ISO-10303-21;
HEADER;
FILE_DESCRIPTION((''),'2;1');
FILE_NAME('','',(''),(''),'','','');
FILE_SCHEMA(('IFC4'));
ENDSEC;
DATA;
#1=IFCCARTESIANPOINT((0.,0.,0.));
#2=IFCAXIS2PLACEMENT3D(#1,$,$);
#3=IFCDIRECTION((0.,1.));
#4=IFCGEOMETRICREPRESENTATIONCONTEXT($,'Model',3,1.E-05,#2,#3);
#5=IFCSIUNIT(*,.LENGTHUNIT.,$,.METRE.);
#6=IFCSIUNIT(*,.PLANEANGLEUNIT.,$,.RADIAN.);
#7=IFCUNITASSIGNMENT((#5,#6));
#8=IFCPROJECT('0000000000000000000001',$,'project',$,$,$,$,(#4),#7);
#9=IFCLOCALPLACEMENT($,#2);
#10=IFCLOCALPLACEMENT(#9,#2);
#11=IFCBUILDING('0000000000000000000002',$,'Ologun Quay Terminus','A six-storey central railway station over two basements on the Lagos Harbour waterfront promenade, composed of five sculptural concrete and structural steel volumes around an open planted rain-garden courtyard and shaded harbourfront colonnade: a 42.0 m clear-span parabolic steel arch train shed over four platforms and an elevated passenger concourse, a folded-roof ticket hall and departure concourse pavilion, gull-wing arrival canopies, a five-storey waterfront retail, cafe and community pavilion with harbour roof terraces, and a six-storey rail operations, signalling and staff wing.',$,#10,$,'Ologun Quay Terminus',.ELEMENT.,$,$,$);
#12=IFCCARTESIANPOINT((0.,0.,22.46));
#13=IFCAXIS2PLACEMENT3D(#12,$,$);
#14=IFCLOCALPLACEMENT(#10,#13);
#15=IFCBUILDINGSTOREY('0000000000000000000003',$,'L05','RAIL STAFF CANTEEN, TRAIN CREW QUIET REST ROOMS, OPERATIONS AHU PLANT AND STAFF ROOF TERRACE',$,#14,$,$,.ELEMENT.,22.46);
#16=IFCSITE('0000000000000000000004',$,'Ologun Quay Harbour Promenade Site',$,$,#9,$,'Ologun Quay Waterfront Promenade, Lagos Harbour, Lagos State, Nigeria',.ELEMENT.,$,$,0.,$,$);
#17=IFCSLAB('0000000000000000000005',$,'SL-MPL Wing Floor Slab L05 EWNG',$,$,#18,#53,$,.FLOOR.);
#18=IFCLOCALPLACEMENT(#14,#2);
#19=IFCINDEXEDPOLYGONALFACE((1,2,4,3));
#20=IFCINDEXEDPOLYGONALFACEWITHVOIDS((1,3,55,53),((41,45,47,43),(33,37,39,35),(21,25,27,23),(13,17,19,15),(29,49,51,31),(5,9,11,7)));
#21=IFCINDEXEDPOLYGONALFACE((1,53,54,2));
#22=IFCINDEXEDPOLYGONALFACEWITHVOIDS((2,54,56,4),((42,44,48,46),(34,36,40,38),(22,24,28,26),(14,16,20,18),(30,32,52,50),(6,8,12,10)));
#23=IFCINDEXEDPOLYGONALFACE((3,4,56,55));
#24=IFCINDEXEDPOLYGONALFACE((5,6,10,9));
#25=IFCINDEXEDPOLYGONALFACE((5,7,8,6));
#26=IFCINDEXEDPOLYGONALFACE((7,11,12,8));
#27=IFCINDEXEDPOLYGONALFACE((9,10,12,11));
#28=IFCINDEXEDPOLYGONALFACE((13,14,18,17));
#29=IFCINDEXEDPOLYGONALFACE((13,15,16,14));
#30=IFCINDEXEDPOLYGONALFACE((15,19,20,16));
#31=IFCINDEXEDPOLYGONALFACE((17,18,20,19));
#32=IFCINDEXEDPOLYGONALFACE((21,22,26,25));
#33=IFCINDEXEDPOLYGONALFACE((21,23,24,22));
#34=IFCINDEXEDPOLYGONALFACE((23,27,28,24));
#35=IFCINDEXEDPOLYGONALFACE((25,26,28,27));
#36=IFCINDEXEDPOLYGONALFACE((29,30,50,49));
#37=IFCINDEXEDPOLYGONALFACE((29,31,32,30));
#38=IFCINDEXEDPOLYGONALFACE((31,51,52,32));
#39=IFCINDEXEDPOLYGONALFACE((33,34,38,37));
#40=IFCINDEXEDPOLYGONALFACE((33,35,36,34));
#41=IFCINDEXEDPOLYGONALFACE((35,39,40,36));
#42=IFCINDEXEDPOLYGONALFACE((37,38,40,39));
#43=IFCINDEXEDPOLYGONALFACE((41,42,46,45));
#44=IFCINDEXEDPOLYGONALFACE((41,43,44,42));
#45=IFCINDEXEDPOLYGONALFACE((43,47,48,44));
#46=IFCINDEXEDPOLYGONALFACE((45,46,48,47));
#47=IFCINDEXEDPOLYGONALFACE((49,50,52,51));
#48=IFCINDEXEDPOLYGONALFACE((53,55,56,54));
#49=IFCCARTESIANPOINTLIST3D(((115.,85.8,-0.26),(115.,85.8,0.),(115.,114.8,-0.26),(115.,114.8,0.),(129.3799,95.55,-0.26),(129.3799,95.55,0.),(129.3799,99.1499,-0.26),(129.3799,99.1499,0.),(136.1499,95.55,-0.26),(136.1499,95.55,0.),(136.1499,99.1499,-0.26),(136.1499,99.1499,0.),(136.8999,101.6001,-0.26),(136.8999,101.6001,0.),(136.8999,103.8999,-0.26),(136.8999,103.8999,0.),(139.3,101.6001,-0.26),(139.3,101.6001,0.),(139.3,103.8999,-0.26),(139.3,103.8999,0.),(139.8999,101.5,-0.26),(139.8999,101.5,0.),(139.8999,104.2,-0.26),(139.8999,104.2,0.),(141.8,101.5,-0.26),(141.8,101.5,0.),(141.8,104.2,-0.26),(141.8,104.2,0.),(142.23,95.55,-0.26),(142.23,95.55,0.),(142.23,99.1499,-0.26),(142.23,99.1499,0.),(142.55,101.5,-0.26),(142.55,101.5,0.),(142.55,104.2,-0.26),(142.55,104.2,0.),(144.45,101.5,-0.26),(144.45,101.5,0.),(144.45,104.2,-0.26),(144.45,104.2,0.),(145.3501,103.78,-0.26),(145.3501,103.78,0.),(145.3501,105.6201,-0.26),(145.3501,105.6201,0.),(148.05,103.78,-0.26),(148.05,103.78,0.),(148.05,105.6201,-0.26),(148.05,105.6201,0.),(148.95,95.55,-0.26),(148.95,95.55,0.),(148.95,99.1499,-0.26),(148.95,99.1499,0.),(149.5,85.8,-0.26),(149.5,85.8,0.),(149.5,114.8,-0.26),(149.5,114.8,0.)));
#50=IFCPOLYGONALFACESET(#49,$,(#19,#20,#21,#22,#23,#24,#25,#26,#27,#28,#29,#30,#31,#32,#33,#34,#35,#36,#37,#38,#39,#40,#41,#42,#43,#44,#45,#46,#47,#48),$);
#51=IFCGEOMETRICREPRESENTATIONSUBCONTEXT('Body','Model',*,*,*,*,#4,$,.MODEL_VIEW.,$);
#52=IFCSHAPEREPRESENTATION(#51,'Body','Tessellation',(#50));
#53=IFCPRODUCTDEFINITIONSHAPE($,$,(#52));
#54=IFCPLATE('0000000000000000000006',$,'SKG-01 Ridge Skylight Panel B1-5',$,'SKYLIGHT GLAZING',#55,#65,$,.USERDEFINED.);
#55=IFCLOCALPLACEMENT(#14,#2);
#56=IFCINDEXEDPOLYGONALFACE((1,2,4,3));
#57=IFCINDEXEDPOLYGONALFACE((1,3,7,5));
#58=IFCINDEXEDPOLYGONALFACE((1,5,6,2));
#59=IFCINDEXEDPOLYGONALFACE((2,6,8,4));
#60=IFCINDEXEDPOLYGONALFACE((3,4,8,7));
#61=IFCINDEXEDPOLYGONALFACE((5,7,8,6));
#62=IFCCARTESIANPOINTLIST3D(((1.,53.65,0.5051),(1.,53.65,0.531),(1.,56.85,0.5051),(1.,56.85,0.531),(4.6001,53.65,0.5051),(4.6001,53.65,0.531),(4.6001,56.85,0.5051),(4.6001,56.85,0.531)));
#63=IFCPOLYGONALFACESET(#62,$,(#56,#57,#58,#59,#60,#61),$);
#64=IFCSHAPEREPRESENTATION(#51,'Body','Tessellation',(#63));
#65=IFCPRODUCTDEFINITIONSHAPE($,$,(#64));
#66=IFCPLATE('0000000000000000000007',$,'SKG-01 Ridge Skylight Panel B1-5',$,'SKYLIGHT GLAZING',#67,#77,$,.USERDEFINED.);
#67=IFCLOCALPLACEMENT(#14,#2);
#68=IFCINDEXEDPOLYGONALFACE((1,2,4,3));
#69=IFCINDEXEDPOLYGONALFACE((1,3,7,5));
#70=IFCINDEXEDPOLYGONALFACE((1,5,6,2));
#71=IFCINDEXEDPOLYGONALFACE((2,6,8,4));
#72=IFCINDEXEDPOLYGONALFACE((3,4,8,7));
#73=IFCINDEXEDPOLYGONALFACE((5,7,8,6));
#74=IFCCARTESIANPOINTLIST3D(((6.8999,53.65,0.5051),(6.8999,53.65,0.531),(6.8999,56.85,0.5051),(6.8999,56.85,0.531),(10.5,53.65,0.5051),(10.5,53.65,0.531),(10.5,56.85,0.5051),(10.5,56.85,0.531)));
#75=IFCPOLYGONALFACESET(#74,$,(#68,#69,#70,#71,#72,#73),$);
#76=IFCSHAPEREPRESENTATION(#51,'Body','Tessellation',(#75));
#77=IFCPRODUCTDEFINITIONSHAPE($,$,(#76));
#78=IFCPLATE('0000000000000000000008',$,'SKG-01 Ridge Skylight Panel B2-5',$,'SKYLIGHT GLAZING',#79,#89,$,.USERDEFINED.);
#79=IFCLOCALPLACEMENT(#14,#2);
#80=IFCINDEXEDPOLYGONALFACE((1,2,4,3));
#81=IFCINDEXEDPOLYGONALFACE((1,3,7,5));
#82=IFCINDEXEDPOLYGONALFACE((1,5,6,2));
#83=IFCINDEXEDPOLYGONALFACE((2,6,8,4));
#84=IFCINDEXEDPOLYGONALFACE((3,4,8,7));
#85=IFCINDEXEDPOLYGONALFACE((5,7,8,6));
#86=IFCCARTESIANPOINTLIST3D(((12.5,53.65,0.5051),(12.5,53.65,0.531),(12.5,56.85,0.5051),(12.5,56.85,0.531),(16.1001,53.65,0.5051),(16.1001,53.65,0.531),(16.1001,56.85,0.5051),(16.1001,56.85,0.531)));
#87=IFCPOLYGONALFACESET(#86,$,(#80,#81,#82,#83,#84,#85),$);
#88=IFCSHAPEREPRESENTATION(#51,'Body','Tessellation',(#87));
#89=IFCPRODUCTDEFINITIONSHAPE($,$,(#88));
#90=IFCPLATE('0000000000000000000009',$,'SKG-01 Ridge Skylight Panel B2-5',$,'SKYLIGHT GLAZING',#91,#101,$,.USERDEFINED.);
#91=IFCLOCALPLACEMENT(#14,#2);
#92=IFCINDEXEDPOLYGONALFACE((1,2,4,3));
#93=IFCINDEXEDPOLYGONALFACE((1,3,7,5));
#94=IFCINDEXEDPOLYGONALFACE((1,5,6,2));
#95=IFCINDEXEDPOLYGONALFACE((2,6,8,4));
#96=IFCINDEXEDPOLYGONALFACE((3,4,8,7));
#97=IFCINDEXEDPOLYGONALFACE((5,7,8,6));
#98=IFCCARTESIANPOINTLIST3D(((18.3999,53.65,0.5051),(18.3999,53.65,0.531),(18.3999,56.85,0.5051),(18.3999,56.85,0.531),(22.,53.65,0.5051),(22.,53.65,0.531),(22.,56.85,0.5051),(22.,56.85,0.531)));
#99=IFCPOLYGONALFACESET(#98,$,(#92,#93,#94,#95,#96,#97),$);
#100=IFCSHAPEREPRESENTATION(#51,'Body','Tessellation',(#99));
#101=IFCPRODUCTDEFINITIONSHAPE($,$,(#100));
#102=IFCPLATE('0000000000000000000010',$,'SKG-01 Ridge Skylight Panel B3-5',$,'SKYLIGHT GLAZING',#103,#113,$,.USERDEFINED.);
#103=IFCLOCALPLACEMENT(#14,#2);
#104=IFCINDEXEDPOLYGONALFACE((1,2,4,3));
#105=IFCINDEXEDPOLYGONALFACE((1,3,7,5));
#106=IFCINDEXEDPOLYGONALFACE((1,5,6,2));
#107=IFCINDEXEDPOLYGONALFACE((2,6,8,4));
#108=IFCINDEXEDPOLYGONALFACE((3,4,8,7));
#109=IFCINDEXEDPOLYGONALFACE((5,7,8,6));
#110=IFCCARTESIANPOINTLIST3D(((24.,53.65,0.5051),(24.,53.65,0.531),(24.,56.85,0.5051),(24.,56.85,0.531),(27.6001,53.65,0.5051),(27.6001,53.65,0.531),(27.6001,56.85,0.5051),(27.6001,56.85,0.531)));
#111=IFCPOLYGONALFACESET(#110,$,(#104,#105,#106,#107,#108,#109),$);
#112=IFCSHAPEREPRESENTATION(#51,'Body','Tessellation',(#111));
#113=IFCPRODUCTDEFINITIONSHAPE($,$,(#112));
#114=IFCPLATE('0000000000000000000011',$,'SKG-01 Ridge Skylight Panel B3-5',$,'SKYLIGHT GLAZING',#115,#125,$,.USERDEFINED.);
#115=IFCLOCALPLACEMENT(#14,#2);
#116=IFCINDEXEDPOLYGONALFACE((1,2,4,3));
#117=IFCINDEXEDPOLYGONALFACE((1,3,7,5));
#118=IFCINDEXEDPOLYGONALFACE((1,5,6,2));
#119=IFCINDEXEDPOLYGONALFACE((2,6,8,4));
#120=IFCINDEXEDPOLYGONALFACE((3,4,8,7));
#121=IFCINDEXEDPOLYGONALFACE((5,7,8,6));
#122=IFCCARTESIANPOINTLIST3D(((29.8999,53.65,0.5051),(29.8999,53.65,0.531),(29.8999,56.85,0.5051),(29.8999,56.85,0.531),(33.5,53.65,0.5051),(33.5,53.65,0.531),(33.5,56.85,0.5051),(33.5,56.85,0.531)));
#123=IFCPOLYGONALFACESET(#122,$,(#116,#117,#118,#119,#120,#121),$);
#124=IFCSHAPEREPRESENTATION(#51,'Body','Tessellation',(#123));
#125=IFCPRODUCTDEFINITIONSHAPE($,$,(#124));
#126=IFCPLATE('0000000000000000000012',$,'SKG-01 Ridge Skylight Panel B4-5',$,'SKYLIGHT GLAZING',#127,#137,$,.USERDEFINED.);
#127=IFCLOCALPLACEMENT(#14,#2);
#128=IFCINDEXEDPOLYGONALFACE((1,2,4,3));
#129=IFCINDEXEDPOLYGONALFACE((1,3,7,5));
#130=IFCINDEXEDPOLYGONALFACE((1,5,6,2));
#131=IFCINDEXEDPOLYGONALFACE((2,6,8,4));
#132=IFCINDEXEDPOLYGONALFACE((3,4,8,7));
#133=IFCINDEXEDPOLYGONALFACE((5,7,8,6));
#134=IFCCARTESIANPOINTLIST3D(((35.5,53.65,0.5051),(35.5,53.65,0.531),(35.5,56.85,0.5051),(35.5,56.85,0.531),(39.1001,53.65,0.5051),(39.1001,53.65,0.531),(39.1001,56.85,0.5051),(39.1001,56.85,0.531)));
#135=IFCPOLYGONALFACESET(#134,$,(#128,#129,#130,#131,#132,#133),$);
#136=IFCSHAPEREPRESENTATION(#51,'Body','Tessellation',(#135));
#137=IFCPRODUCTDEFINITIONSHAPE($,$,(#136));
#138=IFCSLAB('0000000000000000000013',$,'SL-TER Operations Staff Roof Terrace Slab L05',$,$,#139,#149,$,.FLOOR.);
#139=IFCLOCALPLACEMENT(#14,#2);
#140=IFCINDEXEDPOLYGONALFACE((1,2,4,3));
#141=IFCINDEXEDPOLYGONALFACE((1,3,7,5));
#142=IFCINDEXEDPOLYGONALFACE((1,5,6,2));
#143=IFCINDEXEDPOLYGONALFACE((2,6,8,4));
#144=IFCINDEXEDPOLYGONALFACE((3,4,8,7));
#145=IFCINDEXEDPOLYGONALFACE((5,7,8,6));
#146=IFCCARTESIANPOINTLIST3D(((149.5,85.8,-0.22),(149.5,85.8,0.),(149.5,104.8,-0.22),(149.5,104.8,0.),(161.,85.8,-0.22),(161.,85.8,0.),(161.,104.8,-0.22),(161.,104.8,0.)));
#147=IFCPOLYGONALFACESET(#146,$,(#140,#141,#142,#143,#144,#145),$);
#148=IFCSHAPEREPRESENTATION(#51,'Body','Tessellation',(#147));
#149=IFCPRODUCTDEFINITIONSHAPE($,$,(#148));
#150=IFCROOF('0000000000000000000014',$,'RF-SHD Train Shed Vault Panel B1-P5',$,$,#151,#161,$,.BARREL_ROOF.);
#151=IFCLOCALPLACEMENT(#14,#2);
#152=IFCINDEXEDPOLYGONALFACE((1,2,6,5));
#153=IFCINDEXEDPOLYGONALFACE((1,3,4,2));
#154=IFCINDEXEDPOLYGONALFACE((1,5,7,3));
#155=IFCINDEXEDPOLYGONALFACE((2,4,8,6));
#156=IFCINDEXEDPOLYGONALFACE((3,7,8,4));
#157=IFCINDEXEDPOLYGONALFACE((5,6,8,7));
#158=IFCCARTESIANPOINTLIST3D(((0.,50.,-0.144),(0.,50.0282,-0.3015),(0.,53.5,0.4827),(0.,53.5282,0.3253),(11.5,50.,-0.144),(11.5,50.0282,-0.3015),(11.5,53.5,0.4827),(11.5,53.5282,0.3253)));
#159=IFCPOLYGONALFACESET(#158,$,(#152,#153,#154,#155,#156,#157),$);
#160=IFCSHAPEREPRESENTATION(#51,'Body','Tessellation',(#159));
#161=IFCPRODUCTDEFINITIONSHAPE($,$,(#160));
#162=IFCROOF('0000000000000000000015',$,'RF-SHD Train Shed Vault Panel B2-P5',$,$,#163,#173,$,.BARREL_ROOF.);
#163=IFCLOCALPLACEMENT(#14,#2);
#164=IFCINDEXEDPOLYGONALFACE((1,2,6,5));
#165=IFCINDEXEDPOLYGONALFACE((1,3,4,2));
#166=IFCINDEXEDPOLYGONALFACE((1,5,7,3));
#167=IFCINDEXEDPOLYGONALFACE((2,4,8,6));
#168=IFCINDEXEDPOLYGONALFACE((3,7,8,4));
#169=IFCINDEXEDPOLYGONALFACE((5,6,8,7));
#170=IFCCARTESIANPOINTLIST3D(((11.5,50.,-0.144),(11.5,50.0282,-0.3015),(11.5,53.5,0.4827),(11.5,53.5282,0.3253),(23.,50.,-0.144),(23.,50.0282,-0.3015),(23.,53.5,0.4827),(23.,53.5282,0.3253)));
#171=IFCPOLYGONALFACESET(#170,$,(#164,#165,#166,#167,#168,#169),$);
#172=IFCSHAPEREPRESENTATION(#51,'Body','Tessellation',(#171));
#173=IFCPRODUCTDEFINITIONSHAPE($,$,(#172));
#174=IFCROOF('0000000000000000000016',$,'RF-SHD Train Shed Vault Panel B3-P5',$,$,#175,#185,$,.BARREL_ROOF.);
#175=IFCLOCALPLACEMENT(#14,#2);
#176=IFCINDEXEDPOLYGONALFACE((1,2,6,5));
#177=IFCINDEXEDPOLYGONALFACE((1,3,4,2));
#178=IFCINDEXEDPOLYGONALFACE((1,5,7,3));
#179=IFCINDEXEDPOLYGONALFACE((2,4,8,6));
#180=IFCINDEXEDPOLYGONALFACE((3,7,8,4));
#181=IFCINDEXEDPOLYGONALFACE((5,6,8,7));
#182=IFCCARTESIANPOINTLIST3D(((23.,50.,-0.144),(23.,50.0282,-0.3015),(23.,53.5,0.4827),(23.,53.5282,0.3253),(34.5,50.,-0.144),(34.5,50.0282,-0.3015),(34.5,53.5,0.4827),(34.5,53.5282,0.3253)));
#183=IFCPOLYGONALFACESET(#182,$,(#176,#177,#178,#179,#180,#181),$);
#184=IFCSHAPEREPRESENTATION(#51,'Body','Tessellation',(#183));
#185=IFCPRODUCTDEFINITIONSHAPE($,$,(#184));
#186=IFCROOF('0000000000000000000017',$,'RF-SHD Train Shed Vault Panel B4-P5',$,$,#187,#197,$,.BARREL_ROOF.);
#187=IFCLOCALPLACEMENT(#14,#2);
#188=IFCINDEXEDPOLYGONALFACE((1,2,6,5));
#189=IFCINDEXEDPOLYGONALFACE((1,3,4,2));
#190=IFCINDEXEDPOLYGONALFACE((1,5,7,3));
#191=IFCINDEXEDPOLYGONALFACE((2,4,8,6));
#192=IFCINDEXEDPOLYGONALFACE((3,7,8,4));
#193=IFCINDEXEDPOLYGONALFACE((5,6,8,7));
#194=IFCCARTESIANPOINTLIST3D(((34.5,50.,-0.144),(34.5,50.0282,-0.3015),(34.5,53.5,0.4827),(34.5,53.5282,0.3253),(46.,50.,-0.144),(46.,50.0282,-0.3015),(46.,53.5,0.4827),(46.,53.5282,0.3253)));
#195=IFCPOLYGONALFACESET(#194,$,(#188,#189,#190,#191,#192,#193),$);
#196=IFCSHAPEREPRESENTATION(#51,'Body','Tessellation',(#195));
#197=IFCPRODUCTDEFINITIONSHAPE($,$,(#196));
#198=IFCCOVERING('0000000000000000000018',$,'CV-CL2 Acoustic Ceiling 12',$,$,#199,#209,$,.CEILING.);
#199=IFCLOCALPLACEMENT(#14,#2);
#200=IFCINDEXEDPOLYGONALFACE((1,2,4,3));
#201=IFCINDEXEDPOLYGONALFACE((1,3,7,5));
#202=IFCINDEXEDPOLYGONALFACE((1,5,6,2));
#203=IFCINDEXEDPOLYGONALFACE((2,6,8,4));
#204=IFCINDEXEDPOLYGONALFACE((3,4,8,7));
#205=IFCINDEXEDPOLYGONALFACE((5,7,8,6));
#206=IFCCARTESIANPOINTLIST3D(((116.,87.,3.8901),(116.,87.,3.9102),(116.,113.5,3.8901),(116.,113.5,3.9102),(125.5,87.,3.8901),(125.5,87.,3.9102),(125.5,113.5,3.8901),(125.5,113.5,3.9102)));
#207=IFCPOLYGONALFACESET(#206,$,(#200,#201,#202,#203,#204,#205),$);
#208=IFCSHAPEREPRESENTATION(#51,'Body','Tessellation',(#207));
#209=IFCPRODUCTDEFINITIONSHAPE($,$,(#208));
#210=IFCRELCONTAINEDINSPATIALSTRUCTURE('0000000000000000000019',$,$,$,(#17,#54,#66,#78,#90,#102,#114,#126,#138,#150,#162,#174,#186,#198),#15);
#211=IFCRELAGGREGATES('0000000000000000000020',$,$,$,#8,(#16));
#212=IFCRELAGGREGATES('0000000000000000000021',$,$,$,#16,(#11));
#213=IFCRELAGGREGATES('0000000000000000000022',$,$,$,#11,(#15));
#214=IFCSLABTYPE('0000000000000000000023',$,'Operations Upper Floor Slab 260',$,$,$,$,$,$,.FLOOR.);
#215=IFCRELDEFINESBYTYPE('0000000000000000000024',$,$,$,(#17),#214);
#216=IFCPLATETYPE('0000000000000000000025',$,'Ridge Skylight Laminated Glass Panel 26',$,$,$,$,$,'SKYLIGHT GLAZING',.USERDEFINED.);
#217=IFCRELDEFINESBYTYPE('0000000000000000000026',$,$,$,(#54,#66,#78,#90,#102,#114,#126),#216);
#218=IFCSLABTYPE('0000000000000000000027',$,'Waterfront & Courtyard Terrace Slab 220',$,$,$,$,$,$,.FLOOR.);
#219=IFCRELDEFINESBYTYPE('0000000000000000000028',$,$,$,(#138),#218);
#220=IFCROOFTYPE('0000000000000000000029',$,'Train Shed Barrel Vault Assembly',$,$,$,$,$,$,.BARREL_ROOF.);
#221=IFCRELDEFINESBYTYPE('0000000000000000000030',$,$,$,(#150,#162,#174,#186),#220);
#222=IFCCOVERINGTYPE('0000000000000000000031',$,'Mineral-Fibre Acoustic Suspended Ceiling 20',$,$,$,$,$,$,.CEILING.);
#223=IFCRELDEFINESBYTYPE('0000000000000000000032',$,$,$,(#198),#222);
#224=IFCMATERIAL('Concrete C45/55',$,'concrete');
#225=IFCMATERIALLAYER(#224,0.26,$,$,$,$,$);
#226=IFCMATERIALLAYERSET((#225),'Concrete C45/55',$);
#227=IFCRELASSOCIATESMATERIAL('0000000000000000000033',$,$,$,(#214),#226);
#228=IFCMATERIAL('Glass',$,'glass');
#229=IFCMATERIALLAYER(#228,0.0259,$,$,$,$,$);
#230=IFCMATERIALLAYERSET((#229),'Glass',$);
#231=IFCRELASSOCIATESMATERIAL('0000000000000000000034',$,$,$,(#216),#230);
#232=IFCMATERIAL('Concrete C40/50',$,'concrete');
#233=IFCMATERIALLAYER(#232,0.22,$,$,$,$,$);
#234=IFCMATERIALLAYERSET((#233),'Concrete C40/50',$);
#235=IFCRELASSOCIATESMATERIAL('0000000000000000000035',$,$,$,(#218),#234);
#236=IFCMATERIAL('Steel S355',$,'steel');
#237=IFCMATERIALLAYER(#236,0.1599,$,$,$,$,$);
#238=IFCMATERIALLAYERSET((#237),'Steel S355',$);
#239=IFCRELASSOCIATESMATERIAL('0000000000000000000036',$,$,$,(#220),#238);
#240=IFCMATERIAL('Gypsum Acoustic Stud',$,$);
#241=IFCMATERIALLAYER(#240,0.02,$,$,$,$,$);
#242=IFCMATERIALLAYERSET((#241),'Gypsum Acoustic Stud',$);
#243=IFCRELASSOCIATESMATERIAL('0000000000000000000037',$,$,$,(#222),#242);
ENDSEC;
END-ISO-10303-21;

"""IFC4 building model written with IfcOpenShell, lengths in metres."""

from ifc_helpers import new_model, si_unit, direction, frame, origin, origin_2d, place, context, subcontext, project, spatial, polyline, rectangle, outline, extrude, material, layer, layer_set, type_object, element, save


model = new_model("IFC4")

# Units and contexts
model_context = context("Model", 3, precision=1e-05, world=origin(), true_north=direction((0.0, 1.0)))
body_context = subcontext(model_context, "Body", "Model", "MODEL_VIEW")
ifc_project = project(units=[si_unit("LENGTHUNIT", "METRE"), si_unit("PLANEANGLEUNIT", "RADIAN")], contexts=[model_context])

# Site, building, storey
site_placement = place(None, origin())
site = spatial("IfcSite", under=ifc_project, at=site_placement, Name="Ologun Quay Harbour Promenade Site", LongName="Ologun Quay Waterfront Promenade, Lagos Harbour, Lagos State, Nigeria", CompositionType="ELEMENT", RefElevation=0.0)
building_placement = place(site_placement, origin())
building = spatial("IfcBuilding", under=site, at=building_placement, Name="Ologun Quay Terminus", Description="A six-storey central railway station over two basements on the Lagos Harbour waterfront promenade, composed of five sculptural concrete and structural steel volumes around an open planted rain-garden courtyard and shaded harbourfront colonnade: a 42.0 m clear-span parabolic steel arch train shed over four platforms and an elevated passenger concourse, a folded-roof ticket hall and departure concourse pavilion, gull-wing arrival canopies, a five-storey waterfront retail, cafe and community pavilion with harbour roof terraces, and a six-storey rail operations, signalling and staff wing.", LongName="Ologun Quay Terminus", CompositionType="ELEMENT")
storey_placement = place(building_placement, frame((0.0, 0.0, 22.46)))
storey = spatial("IfcBuildingStorey", under=building, at=storey_placement, Name="L05", Description="RAIL STAFF CANTEEN, TRAIN CREW QUIET REST ROOMS, OPERATIONS AHU PLANT AND STAFF ROOF TERRACE", CompositionType="ELEMENT", Elevation=22.46)

# Slab
ifc_material_1 = material(Name="Concrete C45/55", Category="concrete")
ifc_layer_1 = layer(ifc_material_1, 0.26)
ifc_layer_set_1 = layer_set([ifc_layer_1], Name="Concrete C45/55")
slab_type_1 = type_object("IfcSlabType", Name="Operations Upper Floor Slab 260", PredefinedType="FLOOR", material=ifc_layer_set_1)
slab_1_placement = place(storey_placement, frame((0.0, 0.0, -0.26)))
element("IfcSlab", 1, at=slab_1_placement, inside=storey, type_object=slab_type_1, Name="SL-MPL Wing Floor Slab L05 EWNG", PredefinedType="FLOOR", context=body_context, shape_type="SweptSolid", body=[
    extrude(outline(polyline([(115.0, 85.8), (149.5, 85.8), (149.5, 114.8), (115.0, 114.8), (115.0, 85.8)]), holes=[polyline([(145.3501, 103.78), (145.3501, 105.6201), (148.05, 105.6201), (148.05, 103.78), (145.3501, 103.78)]), polyline([(139.8999, 101.5), (139.8999, 104.2), (141.8, 104.2), (141.8, 101.5), (139.8999, 101.5)]), polyline([(142.55, 101.5), (142.55, 104.2), (144.45, 104.2), (144.45, 101.5), (142.55, 101.5)]), polyline([(129.3799, 95.55), (129.3799, 99.1499), (136.1499, 99.1499), (136.1499, 95.55), (129.3799, 95.55)]), polyline([(142.23, 95.55), (142.23, 99.1499), (148.95, 99.1499), (148.95, 95.55), (142.23, 95.55)]), polyline([(136.8999, 101.6001), (136.8999, 103.8999), (139.3, 103.8999), (139.3, 101.6001), (136.8999, 101.6001)])]), origin(), (0.0, 0.0, 1.0), 0.26),
])

# Plates
ifc_material_2 = material(Name="Glass", Category="glass")
ifc_layer_2 = layer(ifc_material_2, 0.0259)
ifc_layer_set_2 = layer_set([ifc_layer_2], Name="Glass")
plate_type = type_object("IfcPlateType", Name="Ridge Skylight Laminated Glass Panel 26", ElementType="SKYLIGHT GLAZING", PredefinedType="USERDEFINED", material=ifc_layer_set_2)
for number, where, z_axis, x_axis, name in (
    (2, (2.8, 55.25, 0.5051), (0.0, 0.0, 1.0), (1.0, 0.0, 0.0), "SKG-01 Ridge Skylight Panel B1-5"),
    (3, (8.7, 55.25, 0.5051), (0.0, 0.0, 1.0), (1.0, 0.0, 0.0), "SKG-01 Ridge Skylight Panel B1-5"),
    (4, (14.3, 55.25, 0.5051), (0.0, 0.0, 1.0), (1.0, 0.0, 0.0), "SKG-01 Ridge Skylight Panel B2-5"),
    (5, (20.2, 55.25, 0.5051), (0.0, 0.0, 1.0), (1.0, 0.0, 0.0), "SKG-01 Ridge Skylight Panel B2-5"),
    (6, (25.8, 55.25, 0.5051), (0.0, 0.0, 1.0), (1.0, 0.0, 0.0), "SKG-01 Ridge Skylight Panel B3-5"),
    (7, (31.7, 55.25, 0.5051), (0.0, 0.0, 1.0), (1.0, 0.0, 0.0), "SKG-01 Ridge Skylight Panel B3-5"),
    (8, (37.3, 55.25, 0.5051), (0.0, 0.0, 1.0), (1.0, 0.0, 0.0), "SKG-01 Ridge Skylight Panel B4-5"),
):
    element("IfcPlate", number, at=place(storey_placement, frame(where, z_axis=z_axis, x_axis=x_axis)), inside=storey, type_object=plate_type, Name=name, ObjectType="SKYLIGHT GLAZING", PredefinedType="USERDEFINED", context=body_context, shape_type="SweptSolid", body=[
        extrude(rectangle(XDim=3.6001, YDim=3.2, at=origin_2d()), origin(), (0.0, 0.0, 1.0), 0.0259),
    ])

# Slab
ifc_material_3 = material(Name="Concrete C40/50", Category="concrete")
ifc_layer_3 = layer(ifc_material_3, 0.22)
ifc_layer_set_3 = layer_set([ifc_layer_3], Name="Concrete C40/50")
slab_type_2 = type_object("IfcSlabType", Name="Waterfront & Courtyard Terrace Slab 220", PredefinedType="FLOOR", material=ifc_layer_set_3)
slab_2_placement = place(storey_placement, frame((0.0, 0.0, -0.22)))
element("IfcSlab", 9, at=slab_2_placement, inside=storey, type_object=slab_type_2, Name="SL-TER Operations Staff Roof Terrace Slab L05", PredefinedType="FLOOR", context=body_context, shape_type="SweptSolid", body=[
    extrude(outline(polyline([(149.5, 85.8), (161.0, 85.8), (161.0, 104.8), (149.5, 104.8), (149.5, 85.8)])), origin(), (0.0, 0.0, 1.0), 0.22),
])

# Roofs
ifc_material_4 = material(Name="Steel S355", Category="steel")
ifc_layer_4 = layer(ifc_material_4, 0.1599)
ifc_layer_set_4 = layer_set([ifc_layer_4], Name="Steel S355")
roof_type = type_object("IfcRoofType", Name="Train Shed Barrel Vault Assembly", PredefinedType="BARREL_ROOF", material=ifc_layer_set_4)
for number, where, z_axis, x_axis, name in (
    (10, (0.0, 50.0, -0.144), (0.0, -0.176256, 0.984344), (1.0, 0.0, 0.0), "RF-SHD Train Shed Vault Panel B1-P5"),
    (11, (11.5, 50.0, -0.144), (0.0, -0.176256, 0.984344), (1.0, 0.0, 0.0), "RF-SHD Train Shed Vault Panel B2-P5"),
    (12, (23.0, 50.0, -0.144), (0.0, -0.176256, 0.984344), (1.0, 0.0, 0.0), "RF-SHD Train Shed Vault Panel B3-P5"),
    (13, (34.5, 50.0, -0.144), (0.0, -0.176256, 0.984344), (1.0, 0.0, 0.0), "RF-SHD Train Shed Vault Panel B4-P5"),
):
    element("IfcRoof", number, at=place(storey_placement, frame(where, z_axis=z_axis, x_axis=x_axis)), inside=storey, type_object=roof_type, Name=name, PredefinedType="BARREL_ROOF", context=body_context, shape_type="SweptSolid", body=[
        extrude(outline(polyline([(0.0, 0.0), (11.5, 0.0), (11.5, 3.5557), (0.0, 3.5557), (0.0, 0.0)])), origin(), (0.0, 0.0, -1.0), 0.1599),
    ])

# Covering
ifc_material_5 = material(Name="Gypsum Acoustic Stud")
ifc_layer_5 = layer(ifc_material_5, 0.02)
ifc_layer_set_5 = layer_set([ifc_layer_5], Name="Gypsum Acoustic Stud")
covering_type_1 = type_object("IfcCoveringType", Name="Mineral-Fibre Acoustic Suspended Ceiling 20", PredefinedType="CEILING", material=ifc_layer_set_5)
covering_1_placement = place(storey_placement, frame((0.0, 0.0, 3.8901)))
element("IfcCovering", 14, at=covering_1_placement, inside=storey, type_object=covering_type_1, Name="CV-CL2 Acoustic Ceiling 12", PredefinedType="CEILING", context=body_context, shape_type="SweptSolid", body=[
    extrude(outline(polyline([(116.0, 87.0), (125.5, 87.0), (125.5, 113.5), (116.0, 113.5), (116.0, 87.0)])), origin(), (0.0, 0.0, 1.0), 0.02),
])

save(model, "model.ifc")
